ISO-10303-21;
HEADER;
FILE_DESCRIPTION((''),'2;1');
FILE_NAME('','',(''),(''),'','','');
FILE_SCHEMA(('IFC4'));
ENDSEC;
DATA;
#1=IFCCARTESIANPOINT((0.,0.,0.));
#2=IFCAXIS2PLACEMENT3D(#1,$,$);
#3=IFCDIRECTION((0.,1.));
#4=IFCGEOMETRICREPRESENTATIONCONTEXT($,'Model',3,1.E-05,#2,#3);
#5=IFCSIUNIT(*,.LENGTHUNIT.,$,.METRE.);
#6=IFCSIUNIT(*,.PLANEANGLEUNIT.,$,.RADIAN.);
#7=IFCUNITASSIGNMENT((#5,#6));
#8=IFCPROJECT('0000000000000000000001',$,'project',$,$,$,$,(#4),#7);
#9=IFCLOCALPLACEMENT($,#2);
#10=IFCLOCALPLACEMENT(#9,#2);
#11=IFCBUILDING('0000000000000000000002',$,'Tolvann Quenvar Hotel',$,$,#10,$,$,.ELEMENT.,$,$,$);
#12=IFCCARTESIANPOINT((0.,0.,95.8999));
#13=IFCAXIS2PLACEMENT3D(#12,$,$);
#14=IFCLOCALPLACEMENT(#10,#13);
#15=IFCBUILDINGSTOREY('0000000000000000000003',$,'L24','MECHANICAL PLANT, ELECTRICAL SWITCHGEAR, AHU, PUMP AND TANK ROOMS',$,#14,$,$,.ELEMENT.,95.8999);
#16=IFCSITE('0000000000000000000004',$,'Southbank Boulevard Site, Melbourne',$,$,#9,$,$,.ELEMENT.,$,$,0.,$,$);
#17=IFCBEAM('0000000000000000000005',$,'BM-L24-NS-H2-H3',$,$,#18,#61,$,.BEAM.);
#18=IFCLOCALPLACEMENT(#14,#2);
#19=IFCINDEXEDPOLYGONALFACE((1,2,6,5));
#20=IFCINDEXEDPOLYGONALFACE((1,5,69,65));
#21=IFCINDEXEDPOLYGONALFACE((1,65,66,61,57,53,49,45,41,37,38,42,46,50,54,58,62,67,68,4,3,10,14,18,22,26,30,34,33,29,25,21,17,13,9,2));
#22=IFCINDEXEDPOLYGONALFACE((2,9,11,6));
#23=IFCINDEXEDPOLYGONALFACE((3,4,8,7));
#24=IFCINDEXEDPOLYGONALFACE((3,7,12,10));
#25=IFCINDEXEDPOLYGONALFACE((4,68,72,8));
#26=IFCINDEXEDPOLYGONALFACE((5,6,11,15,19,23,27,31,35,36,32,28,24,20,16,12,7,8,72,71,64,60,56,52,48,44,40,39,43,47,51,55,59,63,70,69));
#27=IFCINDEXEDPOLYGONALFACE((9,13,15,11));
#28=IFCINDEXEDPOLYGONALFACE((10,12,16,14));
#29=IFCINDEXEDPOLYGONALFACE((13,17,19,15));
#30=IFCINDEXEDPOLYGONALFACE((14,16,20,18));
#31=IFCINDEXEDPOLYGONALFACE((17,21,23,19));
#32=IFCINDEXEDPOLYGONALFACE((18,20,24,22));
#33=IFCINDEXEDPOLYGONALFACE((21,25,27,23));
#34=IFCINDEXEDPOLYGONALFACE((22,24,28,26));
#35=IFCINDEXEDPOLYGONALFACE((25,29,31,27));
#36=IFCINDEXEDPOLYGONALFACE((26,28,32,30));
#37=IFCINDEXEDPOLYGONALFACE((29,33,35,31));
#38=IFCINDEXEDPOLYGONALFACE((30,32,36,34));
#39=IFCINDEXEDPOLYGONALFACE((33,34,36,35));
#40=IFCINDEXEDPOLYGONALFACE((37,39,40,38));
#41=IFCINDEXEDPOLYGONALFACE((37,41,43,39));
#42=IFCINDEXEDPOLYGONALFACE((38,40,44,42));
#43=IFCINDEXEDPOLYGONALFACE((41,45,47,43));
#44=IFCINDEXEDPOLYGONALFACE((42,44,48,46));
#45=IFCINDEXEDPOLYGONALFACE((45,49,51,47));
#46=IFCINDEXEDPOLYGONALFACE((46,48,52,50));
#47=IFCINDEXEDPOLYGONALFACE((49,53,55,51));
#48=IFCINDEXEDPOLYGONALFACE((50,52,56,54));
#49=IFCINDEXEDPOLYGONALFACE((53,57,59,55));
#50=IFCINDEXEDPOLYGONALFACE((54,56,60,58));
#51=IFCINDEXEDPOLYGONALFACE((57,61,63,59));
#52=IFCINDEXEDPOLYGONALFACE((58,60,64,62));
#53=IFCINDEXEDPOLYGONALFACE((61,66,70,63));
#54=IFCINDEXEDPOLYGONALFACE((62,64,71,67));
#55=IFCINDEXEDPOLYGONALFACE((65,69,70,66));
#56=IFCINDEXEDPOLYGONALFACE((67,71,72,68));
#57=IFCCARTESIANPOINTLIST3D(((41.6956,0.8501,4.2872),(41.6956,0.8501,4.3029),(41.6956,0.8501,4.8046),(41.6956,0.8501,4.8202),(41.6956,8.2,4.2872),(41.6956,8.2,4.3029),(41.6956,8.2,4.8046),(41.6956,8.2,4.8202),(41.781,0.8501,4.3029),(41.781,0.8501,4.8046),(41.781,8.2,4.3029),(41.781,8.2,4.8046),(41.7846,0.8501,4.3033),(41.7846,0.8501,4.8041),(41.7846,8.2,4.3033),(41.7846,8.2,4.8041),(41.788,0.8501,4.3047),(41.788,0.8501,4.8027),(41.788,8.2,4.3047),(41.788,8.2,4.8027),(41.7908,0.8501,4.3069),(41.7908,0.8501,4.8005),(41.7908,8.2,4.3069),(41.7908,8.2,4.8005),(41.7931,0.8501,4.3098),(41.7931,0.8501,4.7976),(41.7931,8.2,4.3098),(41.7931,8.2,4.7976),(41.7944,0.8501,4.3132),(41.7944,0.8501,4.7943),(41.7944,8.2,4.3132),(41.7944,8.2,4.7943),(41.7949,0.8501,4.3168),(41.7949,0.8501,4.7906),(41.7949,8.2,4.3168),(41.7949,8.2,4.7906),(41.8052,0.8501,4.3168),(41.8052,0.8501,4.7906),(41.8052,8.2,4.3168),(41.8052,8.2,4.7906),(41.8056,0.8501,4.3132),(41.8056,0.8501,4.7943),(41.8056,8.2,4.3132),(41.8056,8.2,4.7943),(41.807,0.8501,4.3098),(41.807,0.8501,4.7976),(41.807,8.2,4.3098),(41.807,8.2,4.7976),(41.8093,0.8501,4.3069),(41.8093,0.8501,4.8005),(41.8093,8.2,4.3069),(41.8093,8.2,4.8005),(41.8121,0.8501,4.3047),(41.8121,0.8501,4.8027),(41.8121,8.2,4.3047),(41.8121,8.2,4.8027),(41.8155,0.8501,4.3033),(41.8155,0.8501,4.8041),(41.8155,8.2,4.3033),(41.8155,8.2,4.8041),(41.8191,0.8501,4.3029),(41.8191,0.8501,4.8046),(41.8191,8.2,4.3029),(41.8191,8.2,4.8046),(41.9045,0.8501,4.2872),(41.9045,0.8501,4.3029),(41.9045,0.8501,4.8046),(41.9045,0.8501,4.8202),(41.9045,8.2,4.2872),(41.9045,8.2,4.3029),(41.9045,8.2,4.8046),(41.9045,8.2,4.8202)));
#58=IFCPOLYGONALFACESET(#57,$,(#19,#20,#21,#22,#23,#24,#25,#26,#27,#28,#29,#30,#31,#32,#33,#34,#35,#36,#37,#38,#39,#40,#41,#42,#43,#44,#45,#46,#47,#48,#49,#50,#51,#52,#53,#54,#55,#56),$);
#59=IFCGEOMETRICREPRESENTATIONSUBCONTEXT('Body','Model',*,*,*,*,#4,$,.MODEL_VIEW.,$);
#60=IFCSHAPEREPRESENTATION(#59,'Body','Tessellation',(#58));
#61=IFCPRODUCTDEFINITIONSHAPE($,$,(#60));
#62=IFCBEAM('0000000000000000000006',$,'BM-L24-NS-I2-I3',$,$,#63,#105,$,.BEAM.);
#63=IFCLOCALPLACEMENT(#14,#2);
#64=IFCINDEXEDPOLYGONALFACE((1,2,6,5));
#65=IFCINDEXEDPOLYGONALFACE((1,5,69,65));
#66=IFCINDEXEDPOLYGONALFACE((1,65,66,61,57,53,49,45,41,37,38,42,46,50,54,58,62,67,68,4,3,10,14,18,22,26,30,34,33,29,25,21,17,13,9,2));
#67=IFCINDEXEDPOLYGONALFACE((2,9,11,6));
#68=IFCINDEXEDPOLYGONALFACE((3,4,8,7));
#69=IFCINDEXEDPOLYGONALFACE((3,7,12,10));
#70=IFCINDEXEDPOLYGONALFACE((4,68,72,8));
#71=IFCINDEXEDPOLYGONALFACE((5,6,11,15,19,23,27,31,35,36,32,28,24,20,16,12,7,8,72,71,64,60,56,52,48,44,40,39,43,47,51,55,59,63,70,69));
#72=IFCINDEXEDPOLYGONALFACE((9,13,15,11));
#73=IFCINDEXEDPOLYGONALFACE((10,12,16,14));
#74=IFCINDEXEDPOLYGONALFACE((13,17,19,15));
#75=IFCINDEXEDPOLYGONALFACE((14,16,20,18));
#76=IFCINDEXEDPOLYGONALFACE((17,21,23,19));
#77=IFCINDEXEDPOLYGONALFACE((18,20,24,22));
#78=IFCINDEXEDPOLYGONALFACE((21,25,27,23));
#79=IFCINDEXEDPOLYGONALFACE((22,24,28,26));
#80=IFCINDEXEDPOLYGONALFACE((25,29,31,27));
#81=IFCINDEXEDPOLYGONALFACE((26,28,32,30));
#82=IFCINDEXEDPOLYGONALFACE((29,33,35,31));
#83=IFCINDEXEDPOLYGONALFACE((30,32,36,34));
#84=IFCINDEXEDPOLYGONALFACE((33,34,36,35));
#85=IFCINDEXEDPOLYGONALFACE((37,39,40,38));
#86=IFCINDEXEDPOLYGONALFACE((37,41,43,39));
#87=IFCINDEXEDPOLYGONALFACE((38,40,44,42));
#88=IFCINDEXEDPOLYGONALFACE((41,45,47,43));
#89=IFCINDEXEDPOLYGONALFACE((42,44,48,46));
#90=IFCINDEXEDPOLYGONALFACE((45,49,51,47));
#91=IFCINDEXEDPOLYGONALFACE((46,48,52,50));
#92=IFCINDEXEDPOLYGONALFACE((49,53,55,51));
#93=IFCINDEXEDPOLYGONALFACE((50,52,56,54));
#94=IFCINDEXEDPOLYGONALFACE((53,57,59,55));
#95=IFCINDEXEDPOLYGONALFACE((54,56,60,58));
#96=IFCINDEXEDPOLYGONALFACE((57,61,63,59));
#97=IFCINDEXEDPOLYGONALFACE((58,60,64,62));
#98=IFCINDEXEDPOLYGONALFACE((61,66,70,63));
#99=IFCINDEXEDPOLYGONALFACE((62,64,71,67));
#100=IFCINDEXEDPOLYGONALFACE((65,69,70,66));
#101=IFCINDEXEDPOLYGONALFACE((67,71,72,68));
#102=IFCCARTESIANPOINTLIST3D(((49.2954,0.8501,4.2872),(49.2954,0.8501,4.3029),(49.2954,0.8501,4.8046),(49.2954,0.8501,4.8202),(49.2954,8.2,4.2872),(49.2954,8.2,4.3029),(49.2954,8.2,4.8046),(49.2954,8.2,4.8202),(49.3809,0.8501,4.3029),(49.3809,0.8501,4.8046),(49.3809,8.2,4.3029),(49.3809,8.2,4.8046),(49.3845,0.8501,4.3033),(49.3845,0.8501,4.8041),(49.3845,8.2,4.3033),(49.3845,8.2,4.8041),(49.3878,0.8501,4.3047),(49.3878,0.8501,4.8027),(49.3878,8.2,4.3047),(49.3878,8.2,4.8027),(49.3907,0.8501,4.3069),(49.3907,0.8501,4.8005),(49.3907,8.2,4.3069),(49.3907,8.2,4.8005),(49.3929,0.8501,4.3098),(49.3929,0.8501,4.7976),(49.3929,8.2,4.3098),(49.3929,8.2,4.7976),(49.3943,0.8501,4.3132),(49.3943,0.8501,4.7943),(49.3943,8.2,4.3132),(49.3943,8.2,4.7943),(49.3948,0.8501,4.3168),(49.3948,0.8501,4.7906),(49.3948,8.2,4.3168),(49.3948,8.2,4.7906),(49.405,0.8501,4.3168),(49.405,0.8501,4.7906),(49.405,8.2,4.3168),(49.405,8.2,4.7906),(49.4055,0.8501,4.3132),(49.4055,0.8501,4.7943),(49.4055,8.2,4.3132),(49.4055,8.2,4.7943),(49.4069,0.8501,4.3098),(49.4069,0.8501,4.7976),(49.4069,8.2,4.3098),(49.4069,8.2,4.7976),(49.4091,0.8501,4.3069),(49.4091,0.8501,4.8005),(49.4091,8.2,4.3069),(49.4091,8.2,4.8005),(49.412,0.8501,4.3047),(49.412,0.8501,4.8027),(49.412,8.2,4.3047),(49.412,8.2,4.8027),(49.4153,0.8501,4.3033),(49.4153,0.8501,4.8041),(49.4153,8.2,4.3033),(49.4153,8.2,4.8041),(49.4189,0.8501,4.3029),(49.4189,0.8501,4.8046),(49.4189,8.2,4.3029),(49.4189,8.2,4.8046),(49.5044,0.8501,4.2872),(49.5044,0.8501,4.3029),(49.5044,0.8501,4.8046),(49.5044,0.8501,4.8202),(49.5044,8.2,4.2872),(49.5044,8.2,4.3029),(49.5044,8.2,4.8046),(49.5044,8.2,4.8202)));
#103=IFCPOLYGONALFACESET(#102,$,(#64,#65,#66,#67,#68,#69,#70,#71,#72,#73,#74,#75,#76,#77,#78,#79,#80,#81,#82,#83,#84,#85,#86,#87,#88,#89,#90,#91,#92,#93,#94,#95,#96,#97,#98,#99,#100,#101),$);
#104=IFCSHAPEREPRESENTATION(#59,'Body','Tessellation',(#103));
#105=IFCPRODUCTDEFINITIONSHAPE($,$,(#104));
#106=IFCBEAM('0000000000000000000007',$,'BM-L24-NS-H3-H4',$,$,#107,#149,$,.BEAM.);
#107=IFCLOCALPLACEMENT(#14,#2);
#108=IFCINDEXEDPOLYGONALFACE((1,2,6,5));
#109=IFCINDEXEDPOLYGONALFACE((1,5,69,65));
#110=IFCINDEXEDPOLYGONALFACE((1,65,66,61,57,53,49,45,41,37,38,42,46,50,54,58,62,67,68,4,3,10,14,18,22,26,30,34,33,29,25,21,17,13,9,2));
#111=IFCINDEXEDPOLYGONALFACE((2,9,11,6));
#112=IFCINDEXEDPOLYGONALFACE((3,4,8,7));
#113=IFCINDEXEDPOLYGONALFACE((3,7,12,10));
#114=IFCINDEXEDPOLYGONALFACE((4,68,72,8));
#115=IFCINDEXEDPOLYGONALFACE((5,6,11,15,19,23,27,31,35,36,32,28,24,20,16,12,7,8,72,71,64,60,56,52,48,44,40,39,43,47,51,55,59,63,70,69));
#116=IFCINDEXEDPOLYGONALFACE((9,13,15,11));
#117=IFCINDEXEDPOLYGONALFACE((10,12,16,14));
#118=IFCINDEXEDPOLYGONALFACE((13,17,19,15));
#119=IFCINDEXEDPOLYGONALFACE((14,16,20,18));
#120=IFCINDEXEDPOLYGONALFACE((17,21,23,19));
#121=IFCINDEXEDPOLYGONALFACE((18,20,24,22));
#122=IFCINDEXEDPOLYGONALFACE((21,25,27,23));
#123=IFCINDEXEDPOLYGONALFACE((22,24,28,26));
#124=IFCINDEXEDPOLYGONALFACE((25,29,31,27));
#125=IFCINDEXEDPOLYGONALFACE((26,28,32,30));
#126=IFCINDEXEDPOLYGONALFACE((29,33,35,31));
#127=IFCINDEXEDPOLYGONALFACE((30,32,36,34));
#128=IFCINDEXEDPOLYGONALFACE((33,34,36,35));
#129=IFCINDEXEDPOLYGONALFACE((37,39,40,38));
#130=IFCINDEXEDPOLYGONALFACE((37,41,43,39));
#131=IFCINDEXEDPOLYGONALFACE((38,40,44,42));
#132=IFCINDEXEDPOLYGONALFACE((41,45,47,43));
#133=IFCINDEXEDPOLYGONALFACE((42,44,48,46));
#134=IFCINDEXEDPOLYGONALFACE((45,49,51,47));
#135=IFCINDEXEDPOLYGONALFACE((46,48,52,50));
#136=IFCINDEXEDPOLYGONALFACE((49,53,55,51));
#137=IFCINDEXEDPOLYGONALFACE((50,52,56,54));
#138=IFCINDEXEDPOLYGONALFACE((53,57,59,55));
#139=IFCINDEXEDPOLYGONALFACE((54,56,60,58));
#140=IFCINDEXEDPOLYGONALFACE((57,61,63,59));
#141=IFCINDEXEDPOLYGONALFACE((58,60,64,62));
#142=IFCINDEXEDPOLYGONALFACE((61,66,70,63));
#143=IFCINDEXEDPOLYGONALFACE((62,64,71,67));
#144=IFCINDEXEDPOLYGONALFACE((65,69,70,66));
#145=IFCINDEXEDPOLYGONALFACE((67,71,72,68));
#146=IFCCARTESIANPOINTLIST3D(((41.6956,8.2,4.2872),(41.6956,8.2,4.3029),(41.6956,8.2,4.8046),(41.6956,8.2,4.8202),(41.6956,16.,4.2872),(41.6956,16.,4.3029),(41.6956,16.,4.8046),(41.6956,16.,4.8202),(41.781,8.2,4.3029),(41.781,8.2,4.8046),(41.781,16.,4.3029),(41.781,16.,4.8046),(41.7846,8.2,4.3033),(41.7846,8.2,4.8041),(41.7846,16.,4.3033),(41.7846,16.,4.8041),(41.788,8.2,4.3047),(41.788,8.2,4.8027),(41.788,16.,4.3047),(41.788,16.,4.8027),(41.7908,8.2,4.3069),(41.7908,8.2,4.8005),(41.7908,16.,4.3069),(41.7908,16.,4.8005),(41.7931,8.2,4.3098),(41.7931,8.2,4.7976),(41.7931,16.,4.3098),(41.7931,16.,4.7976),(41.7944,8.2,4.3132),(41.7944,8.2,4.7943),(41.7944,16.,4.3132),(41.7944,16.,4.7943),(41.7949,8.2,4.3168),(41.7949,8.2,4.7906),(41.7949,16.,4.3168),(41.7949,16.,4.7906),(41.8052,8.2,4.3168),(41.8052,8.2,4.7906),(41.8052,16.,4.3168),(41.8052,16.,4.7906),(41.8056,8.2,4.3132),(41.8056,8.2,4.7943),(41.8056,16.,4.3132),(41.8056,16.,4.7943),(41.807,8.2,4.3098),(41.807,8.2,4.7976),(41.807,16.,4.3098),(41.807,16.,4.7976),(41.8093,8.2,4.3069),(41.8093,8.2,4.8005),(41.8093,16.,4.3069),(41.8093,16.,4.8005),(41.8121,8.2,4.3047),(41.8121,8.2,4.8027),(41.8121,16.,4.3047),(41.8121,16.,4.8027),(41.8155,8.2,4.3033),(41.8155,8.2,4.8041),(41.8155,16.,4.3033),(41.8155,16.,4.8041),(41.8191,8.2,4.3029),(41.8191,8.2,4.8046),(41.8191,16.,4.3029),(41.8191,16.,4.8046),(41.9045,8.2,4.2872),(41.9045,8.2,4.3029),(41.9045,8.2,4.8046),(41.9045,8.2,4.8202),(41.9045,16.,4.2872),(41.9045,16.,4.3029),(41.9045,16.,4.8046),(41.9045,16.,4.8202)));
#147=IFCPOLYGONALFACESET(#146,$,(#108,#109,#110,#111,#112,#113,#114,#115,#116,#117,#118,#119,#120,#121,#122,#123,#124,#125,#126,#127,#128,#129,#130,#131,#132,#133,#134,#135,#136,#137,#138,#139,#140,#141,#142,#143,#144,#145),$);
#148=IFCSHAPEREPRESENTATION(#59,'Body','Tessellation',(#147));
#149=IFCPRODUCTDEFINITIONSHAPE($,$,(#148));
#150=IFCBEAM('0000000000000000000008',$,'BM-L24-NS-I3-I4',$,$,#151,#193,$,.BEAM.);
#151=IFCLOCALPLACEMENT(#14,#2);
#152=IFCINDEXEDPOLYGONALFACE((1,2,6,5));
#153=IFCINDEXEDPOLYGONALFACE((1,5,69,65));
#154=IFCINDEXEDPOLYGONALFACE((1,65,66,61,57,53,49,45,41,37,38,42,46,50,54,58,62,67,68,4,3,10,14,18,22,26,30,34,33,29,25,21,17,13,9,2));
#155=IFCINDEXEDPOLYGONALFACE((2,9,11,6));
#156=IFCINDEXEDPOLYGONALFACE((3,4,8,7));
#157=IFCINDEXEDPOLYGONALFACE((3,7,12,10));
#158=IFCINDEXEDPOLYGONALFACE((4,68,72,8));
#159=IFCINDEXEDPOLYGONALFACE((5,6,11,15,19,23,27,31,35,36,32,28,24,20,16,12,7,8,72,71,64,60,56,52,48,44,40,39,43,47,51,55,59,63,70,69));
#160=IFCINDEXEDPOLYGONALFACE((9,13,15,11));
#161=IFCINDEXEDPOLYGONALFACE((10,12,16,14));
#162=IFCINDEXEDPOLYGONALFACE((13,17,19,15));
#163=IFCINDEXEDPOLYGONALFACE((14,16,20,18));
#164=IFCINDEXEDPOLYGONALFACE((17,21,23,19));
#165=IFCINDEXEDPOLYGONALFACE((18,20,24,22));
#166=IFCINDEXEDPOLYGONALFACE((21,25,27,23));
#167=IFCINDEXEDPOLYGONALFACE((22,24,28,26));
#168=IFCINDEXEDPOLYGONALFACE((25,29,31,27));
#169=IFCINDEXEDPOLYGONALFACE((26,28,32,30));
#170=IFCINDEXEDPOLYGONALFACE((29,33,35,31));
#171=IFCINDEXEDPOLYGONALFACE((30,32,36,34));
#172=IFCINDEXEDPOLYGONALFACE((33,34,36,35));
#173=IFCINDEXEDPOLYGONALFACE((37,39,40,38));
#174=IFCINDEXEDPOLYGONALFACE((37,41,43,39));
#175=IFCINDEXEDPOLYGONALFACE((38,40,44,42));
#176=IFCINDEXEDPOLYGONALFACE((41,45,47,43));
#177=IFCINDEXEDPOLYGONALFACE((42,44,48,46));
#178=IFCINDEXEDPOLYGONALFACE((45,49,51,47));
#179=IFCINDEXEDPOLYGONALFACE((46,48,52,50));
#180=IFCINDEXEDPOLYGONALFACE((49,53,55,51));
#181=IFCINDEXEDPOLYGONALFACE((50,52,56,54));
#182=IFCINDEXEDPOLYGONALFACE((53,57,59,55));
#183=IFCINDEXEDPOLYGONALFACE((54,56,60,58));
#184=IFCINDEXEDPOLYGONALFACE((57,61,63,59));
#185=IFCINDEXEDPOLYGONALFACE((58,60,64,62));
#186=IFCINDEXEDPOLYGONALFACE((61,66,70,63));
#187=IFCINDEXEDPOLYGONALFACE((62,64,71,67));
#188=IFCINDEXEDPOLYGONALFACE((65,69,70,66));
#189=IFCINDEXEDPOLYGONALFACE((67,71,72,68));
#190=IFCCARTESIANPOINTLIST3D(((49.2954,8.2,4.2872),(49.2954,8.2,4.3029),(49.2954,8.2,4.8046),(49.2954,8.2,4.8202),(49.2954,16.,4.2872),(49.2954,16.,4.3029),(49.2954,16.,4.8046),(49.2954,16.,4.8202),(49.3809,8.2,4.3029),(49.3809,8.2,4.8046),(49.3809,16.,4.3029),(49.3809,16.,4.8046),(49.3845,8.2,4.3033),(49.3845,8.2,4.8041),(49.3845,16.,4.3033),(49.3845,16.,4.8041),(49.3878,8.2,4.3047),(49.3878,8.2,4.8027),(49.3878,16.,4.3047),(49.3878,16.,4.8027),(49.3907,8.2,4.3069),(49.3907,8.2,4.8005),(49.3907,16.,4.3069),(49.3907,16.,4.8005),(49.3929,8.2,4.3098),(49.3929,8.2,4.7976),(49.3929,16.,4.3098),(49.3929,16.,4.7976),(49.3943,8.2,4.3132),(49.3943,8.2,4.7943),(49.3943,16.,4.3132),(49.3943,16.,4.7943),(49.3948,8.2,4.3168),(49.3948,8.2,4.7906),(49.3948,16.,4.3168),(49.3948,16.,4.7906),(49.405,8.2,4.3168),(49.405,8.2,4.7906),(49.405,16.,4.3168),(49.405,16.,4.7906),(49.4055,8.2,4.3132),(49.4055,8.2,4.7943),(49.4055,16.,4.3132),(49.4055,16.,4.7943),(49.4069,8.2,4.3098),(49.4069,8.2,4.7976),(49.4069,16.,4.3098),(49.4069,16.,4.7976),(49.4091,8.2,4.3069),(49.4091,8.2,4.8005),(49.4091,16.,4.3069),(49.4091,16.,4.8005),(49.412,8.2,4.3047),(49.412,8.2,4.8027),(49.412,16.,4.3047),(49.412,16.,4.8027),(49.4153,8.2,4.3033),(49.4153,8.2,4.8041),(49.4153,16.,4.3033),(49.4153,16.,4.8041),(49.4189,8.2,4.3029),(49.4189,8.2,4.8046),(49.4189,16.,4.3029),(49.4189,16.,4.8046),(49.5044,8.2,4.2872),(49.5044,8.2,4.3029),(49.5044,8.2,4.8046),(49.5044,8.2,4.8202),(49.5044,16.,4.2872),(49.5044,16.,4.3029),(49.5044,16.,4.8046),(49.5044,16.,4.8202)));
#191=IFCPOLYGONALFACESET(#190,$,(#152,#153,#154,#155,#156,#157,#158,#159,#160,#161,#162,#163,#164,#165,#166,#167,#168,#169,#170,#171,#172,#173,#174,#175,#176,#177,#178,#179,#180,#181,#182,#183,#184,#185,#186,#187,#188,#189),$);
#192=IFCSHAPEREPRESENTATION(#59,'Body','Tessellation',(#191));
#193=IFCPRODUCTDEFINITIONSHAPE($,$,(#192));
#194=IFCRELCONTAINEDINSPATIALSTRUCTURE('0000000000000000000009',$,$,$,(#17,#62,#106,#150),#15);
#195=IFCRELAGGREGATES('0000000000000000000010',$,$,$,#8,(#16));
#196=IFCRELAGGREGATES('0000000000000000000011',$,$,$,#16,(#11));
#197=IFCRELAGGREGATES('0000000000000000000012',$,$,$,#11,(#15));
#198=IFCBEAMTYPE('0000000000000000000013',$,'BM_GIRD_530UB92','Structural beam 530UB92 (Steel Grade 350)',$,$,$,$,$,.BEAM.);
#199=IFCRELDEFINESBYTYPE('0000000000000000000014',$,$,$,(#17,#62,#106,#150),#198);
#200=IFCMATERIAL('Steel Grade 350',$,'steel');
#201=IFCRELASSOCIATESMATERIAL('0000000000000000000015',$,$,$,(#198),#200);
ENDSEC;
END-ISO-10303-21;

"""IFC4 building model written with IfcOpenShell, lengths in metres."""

from ifc_helpers import new_model, si_unit, direction, frame, origin, origin_2d, place, context, subcontext, project, spatial, i_section, extrude, source, transform, mapped, material, material_profile, profile_set, type_object, type_shapes, element, save


model = new_model("IFC4")

# Units and contexts
model_context = context("Model", 3, precision=1e-05, world=origin(), true_north=direction((0.0, 1.0)))
body_context = subcontext(model_context, "Body", "Model", "MODEL_VIEW")
ifc_project = project(units=[si_unit("LENGTHUNIT", "METRE"), si_unit("PLANEANGLEUNIT", "RADIAN")], contexts=[model_context])

# Site, building, storey
site_placement = place(None, origin())
site = spatial("IfcSite", under=ifc_project, at=site_placement, Name="Southbank Boulevard Site, Melbourne", CompositionType="ELEMENT", RefElevation=0.0)
building_placement = place(site_placement, origin())
building = spatial("IfcBuilding", under=site, at=building_placement, Name="Tolvann Quenvar Hotel", CompositionType="ELEMENT")
storey_placement = place(building_placement, frame((0.0, 0.0, 95.8999)))
storey = spatial("IfcBuildingStorey", under=building, at=storey_placement, Name="L24", Description="MECHANICAL PLANT, ELECTRICAL SWITCHGEAR, AHU, PUMP AND TANK ROOMS", CompositionType="ELEMENT", Elevation=95.8999)

# Shared definitions
ifc_material_1 = material(Name="Steel Grade 350", Category="steel")

# Beams
ifc_material_profile_1 = material_profile(ifc_material_1, i_section(OverallWidth=0.209, OverallDepth=0.533, WebThickness=0.0103, FlangeThickness=0.0156, FilletRadius=0.0139, at=origin_2d()), Name="530UB92")
ifc_profile_set_1 = profile_set([ifc_material_profile_1], Name="Steel Grade 350")
beam_type_1 = type_object("IfcBeamType", Name="BM_GIRD_530UB92", Description="Structural beam 530UB92 (Steel Grade 350)", PredefinedType="BEAM", material=ifc_profile_set_1)
shared_shape_1 = source(origin(), body_context, "Body", "SweptSolid", [
    extrude(i_section(OverallWidth=0.209, OverallDepth=0.533, WebThickness=0.0103, FlangeThickness=0.0156, FilletRadius=0.0139, at=origin_2d()), origin(), (0.0, 0.0, 1.0), 7.3499),
])
for number, where, z_axis, x_axis, name in (
    (1, (41.8, 0.8501, 4.5537), (0.0, 1.0, 0.0), (-1.0, 0.0, 0.0), "BM-L24-NS-H2-H3"),
    (2, (49.3999, 0.8501, 4.5537), (0.0, 1.0, 0.0), (-1.0, 0.0, 0.0), "BM-L24-NS-I2-I3"),
):
    element("IfcBeam", number, at=place(storey_placement, frame(where, z_axis=z_axis, x_axis=x_axis)), inside=storey, type_object=beam_type_1, Name=name, PredefinedType="BEAM", context=body_context, shape_type="MappedRepresentation", body=[
        mapped(shared_shape_1, transform((0.0, 0.0, 0.0), x_axis=(1.0, 0.0, 0.0), y_axis=(0.0, 1.0, 0.0), z_axis=(0.0, 0.0, 1.0), scale=1.0)),
    ])
shared_shape_2 = source(origin(), body_context, "Body", "SweptSolid", [
    extrude(i_section(OverallWidth=0.209, OverallDepth=0.533, WebThickness=0.0103, FlangeThickness=0.0156, FilletRadius=0.0139, at=origin_2d()), origin(), (0.0, 0.0, 1.0), 7.8),
])
type_shapes(beam_type_1, [shared_shape_1, shared_shape_2])
for number, where, z_axis, x_axis, name in (
    (3, (41.8, 8.2, 4.5537), (0.0, 1.0, 0.0), (-1.0, 0.0, 0.0), "BM-L24-NS-H3-H4"),
    (4, (49.3999, 8.2, 4.5537), (0.0, 1.0, 0.0), (-1.0, 0.0, 0.0), "BM-L24-NS-I3-I4"),
):
    element("IfcBeam", number, at=place(storey_placement, frame(where, z_axis=z_axis, x_axis=x_axis)), inside=storey, type_object=beam_type_1, Name=name, PredefinedType="BEAM", context=body_context, shape_type="MappedRepresentation", body=[
        mapped(shared_shape_2, transform((0.0, 0.0, 0.0), x_axis=(1.0, 0.0, 0.0), y_axis=(0.0, 1.0, 0.0), z_axis=(0.0, 0.0, 1.0), scale=1.0)),
    ])

save(model, "model.ifc")
